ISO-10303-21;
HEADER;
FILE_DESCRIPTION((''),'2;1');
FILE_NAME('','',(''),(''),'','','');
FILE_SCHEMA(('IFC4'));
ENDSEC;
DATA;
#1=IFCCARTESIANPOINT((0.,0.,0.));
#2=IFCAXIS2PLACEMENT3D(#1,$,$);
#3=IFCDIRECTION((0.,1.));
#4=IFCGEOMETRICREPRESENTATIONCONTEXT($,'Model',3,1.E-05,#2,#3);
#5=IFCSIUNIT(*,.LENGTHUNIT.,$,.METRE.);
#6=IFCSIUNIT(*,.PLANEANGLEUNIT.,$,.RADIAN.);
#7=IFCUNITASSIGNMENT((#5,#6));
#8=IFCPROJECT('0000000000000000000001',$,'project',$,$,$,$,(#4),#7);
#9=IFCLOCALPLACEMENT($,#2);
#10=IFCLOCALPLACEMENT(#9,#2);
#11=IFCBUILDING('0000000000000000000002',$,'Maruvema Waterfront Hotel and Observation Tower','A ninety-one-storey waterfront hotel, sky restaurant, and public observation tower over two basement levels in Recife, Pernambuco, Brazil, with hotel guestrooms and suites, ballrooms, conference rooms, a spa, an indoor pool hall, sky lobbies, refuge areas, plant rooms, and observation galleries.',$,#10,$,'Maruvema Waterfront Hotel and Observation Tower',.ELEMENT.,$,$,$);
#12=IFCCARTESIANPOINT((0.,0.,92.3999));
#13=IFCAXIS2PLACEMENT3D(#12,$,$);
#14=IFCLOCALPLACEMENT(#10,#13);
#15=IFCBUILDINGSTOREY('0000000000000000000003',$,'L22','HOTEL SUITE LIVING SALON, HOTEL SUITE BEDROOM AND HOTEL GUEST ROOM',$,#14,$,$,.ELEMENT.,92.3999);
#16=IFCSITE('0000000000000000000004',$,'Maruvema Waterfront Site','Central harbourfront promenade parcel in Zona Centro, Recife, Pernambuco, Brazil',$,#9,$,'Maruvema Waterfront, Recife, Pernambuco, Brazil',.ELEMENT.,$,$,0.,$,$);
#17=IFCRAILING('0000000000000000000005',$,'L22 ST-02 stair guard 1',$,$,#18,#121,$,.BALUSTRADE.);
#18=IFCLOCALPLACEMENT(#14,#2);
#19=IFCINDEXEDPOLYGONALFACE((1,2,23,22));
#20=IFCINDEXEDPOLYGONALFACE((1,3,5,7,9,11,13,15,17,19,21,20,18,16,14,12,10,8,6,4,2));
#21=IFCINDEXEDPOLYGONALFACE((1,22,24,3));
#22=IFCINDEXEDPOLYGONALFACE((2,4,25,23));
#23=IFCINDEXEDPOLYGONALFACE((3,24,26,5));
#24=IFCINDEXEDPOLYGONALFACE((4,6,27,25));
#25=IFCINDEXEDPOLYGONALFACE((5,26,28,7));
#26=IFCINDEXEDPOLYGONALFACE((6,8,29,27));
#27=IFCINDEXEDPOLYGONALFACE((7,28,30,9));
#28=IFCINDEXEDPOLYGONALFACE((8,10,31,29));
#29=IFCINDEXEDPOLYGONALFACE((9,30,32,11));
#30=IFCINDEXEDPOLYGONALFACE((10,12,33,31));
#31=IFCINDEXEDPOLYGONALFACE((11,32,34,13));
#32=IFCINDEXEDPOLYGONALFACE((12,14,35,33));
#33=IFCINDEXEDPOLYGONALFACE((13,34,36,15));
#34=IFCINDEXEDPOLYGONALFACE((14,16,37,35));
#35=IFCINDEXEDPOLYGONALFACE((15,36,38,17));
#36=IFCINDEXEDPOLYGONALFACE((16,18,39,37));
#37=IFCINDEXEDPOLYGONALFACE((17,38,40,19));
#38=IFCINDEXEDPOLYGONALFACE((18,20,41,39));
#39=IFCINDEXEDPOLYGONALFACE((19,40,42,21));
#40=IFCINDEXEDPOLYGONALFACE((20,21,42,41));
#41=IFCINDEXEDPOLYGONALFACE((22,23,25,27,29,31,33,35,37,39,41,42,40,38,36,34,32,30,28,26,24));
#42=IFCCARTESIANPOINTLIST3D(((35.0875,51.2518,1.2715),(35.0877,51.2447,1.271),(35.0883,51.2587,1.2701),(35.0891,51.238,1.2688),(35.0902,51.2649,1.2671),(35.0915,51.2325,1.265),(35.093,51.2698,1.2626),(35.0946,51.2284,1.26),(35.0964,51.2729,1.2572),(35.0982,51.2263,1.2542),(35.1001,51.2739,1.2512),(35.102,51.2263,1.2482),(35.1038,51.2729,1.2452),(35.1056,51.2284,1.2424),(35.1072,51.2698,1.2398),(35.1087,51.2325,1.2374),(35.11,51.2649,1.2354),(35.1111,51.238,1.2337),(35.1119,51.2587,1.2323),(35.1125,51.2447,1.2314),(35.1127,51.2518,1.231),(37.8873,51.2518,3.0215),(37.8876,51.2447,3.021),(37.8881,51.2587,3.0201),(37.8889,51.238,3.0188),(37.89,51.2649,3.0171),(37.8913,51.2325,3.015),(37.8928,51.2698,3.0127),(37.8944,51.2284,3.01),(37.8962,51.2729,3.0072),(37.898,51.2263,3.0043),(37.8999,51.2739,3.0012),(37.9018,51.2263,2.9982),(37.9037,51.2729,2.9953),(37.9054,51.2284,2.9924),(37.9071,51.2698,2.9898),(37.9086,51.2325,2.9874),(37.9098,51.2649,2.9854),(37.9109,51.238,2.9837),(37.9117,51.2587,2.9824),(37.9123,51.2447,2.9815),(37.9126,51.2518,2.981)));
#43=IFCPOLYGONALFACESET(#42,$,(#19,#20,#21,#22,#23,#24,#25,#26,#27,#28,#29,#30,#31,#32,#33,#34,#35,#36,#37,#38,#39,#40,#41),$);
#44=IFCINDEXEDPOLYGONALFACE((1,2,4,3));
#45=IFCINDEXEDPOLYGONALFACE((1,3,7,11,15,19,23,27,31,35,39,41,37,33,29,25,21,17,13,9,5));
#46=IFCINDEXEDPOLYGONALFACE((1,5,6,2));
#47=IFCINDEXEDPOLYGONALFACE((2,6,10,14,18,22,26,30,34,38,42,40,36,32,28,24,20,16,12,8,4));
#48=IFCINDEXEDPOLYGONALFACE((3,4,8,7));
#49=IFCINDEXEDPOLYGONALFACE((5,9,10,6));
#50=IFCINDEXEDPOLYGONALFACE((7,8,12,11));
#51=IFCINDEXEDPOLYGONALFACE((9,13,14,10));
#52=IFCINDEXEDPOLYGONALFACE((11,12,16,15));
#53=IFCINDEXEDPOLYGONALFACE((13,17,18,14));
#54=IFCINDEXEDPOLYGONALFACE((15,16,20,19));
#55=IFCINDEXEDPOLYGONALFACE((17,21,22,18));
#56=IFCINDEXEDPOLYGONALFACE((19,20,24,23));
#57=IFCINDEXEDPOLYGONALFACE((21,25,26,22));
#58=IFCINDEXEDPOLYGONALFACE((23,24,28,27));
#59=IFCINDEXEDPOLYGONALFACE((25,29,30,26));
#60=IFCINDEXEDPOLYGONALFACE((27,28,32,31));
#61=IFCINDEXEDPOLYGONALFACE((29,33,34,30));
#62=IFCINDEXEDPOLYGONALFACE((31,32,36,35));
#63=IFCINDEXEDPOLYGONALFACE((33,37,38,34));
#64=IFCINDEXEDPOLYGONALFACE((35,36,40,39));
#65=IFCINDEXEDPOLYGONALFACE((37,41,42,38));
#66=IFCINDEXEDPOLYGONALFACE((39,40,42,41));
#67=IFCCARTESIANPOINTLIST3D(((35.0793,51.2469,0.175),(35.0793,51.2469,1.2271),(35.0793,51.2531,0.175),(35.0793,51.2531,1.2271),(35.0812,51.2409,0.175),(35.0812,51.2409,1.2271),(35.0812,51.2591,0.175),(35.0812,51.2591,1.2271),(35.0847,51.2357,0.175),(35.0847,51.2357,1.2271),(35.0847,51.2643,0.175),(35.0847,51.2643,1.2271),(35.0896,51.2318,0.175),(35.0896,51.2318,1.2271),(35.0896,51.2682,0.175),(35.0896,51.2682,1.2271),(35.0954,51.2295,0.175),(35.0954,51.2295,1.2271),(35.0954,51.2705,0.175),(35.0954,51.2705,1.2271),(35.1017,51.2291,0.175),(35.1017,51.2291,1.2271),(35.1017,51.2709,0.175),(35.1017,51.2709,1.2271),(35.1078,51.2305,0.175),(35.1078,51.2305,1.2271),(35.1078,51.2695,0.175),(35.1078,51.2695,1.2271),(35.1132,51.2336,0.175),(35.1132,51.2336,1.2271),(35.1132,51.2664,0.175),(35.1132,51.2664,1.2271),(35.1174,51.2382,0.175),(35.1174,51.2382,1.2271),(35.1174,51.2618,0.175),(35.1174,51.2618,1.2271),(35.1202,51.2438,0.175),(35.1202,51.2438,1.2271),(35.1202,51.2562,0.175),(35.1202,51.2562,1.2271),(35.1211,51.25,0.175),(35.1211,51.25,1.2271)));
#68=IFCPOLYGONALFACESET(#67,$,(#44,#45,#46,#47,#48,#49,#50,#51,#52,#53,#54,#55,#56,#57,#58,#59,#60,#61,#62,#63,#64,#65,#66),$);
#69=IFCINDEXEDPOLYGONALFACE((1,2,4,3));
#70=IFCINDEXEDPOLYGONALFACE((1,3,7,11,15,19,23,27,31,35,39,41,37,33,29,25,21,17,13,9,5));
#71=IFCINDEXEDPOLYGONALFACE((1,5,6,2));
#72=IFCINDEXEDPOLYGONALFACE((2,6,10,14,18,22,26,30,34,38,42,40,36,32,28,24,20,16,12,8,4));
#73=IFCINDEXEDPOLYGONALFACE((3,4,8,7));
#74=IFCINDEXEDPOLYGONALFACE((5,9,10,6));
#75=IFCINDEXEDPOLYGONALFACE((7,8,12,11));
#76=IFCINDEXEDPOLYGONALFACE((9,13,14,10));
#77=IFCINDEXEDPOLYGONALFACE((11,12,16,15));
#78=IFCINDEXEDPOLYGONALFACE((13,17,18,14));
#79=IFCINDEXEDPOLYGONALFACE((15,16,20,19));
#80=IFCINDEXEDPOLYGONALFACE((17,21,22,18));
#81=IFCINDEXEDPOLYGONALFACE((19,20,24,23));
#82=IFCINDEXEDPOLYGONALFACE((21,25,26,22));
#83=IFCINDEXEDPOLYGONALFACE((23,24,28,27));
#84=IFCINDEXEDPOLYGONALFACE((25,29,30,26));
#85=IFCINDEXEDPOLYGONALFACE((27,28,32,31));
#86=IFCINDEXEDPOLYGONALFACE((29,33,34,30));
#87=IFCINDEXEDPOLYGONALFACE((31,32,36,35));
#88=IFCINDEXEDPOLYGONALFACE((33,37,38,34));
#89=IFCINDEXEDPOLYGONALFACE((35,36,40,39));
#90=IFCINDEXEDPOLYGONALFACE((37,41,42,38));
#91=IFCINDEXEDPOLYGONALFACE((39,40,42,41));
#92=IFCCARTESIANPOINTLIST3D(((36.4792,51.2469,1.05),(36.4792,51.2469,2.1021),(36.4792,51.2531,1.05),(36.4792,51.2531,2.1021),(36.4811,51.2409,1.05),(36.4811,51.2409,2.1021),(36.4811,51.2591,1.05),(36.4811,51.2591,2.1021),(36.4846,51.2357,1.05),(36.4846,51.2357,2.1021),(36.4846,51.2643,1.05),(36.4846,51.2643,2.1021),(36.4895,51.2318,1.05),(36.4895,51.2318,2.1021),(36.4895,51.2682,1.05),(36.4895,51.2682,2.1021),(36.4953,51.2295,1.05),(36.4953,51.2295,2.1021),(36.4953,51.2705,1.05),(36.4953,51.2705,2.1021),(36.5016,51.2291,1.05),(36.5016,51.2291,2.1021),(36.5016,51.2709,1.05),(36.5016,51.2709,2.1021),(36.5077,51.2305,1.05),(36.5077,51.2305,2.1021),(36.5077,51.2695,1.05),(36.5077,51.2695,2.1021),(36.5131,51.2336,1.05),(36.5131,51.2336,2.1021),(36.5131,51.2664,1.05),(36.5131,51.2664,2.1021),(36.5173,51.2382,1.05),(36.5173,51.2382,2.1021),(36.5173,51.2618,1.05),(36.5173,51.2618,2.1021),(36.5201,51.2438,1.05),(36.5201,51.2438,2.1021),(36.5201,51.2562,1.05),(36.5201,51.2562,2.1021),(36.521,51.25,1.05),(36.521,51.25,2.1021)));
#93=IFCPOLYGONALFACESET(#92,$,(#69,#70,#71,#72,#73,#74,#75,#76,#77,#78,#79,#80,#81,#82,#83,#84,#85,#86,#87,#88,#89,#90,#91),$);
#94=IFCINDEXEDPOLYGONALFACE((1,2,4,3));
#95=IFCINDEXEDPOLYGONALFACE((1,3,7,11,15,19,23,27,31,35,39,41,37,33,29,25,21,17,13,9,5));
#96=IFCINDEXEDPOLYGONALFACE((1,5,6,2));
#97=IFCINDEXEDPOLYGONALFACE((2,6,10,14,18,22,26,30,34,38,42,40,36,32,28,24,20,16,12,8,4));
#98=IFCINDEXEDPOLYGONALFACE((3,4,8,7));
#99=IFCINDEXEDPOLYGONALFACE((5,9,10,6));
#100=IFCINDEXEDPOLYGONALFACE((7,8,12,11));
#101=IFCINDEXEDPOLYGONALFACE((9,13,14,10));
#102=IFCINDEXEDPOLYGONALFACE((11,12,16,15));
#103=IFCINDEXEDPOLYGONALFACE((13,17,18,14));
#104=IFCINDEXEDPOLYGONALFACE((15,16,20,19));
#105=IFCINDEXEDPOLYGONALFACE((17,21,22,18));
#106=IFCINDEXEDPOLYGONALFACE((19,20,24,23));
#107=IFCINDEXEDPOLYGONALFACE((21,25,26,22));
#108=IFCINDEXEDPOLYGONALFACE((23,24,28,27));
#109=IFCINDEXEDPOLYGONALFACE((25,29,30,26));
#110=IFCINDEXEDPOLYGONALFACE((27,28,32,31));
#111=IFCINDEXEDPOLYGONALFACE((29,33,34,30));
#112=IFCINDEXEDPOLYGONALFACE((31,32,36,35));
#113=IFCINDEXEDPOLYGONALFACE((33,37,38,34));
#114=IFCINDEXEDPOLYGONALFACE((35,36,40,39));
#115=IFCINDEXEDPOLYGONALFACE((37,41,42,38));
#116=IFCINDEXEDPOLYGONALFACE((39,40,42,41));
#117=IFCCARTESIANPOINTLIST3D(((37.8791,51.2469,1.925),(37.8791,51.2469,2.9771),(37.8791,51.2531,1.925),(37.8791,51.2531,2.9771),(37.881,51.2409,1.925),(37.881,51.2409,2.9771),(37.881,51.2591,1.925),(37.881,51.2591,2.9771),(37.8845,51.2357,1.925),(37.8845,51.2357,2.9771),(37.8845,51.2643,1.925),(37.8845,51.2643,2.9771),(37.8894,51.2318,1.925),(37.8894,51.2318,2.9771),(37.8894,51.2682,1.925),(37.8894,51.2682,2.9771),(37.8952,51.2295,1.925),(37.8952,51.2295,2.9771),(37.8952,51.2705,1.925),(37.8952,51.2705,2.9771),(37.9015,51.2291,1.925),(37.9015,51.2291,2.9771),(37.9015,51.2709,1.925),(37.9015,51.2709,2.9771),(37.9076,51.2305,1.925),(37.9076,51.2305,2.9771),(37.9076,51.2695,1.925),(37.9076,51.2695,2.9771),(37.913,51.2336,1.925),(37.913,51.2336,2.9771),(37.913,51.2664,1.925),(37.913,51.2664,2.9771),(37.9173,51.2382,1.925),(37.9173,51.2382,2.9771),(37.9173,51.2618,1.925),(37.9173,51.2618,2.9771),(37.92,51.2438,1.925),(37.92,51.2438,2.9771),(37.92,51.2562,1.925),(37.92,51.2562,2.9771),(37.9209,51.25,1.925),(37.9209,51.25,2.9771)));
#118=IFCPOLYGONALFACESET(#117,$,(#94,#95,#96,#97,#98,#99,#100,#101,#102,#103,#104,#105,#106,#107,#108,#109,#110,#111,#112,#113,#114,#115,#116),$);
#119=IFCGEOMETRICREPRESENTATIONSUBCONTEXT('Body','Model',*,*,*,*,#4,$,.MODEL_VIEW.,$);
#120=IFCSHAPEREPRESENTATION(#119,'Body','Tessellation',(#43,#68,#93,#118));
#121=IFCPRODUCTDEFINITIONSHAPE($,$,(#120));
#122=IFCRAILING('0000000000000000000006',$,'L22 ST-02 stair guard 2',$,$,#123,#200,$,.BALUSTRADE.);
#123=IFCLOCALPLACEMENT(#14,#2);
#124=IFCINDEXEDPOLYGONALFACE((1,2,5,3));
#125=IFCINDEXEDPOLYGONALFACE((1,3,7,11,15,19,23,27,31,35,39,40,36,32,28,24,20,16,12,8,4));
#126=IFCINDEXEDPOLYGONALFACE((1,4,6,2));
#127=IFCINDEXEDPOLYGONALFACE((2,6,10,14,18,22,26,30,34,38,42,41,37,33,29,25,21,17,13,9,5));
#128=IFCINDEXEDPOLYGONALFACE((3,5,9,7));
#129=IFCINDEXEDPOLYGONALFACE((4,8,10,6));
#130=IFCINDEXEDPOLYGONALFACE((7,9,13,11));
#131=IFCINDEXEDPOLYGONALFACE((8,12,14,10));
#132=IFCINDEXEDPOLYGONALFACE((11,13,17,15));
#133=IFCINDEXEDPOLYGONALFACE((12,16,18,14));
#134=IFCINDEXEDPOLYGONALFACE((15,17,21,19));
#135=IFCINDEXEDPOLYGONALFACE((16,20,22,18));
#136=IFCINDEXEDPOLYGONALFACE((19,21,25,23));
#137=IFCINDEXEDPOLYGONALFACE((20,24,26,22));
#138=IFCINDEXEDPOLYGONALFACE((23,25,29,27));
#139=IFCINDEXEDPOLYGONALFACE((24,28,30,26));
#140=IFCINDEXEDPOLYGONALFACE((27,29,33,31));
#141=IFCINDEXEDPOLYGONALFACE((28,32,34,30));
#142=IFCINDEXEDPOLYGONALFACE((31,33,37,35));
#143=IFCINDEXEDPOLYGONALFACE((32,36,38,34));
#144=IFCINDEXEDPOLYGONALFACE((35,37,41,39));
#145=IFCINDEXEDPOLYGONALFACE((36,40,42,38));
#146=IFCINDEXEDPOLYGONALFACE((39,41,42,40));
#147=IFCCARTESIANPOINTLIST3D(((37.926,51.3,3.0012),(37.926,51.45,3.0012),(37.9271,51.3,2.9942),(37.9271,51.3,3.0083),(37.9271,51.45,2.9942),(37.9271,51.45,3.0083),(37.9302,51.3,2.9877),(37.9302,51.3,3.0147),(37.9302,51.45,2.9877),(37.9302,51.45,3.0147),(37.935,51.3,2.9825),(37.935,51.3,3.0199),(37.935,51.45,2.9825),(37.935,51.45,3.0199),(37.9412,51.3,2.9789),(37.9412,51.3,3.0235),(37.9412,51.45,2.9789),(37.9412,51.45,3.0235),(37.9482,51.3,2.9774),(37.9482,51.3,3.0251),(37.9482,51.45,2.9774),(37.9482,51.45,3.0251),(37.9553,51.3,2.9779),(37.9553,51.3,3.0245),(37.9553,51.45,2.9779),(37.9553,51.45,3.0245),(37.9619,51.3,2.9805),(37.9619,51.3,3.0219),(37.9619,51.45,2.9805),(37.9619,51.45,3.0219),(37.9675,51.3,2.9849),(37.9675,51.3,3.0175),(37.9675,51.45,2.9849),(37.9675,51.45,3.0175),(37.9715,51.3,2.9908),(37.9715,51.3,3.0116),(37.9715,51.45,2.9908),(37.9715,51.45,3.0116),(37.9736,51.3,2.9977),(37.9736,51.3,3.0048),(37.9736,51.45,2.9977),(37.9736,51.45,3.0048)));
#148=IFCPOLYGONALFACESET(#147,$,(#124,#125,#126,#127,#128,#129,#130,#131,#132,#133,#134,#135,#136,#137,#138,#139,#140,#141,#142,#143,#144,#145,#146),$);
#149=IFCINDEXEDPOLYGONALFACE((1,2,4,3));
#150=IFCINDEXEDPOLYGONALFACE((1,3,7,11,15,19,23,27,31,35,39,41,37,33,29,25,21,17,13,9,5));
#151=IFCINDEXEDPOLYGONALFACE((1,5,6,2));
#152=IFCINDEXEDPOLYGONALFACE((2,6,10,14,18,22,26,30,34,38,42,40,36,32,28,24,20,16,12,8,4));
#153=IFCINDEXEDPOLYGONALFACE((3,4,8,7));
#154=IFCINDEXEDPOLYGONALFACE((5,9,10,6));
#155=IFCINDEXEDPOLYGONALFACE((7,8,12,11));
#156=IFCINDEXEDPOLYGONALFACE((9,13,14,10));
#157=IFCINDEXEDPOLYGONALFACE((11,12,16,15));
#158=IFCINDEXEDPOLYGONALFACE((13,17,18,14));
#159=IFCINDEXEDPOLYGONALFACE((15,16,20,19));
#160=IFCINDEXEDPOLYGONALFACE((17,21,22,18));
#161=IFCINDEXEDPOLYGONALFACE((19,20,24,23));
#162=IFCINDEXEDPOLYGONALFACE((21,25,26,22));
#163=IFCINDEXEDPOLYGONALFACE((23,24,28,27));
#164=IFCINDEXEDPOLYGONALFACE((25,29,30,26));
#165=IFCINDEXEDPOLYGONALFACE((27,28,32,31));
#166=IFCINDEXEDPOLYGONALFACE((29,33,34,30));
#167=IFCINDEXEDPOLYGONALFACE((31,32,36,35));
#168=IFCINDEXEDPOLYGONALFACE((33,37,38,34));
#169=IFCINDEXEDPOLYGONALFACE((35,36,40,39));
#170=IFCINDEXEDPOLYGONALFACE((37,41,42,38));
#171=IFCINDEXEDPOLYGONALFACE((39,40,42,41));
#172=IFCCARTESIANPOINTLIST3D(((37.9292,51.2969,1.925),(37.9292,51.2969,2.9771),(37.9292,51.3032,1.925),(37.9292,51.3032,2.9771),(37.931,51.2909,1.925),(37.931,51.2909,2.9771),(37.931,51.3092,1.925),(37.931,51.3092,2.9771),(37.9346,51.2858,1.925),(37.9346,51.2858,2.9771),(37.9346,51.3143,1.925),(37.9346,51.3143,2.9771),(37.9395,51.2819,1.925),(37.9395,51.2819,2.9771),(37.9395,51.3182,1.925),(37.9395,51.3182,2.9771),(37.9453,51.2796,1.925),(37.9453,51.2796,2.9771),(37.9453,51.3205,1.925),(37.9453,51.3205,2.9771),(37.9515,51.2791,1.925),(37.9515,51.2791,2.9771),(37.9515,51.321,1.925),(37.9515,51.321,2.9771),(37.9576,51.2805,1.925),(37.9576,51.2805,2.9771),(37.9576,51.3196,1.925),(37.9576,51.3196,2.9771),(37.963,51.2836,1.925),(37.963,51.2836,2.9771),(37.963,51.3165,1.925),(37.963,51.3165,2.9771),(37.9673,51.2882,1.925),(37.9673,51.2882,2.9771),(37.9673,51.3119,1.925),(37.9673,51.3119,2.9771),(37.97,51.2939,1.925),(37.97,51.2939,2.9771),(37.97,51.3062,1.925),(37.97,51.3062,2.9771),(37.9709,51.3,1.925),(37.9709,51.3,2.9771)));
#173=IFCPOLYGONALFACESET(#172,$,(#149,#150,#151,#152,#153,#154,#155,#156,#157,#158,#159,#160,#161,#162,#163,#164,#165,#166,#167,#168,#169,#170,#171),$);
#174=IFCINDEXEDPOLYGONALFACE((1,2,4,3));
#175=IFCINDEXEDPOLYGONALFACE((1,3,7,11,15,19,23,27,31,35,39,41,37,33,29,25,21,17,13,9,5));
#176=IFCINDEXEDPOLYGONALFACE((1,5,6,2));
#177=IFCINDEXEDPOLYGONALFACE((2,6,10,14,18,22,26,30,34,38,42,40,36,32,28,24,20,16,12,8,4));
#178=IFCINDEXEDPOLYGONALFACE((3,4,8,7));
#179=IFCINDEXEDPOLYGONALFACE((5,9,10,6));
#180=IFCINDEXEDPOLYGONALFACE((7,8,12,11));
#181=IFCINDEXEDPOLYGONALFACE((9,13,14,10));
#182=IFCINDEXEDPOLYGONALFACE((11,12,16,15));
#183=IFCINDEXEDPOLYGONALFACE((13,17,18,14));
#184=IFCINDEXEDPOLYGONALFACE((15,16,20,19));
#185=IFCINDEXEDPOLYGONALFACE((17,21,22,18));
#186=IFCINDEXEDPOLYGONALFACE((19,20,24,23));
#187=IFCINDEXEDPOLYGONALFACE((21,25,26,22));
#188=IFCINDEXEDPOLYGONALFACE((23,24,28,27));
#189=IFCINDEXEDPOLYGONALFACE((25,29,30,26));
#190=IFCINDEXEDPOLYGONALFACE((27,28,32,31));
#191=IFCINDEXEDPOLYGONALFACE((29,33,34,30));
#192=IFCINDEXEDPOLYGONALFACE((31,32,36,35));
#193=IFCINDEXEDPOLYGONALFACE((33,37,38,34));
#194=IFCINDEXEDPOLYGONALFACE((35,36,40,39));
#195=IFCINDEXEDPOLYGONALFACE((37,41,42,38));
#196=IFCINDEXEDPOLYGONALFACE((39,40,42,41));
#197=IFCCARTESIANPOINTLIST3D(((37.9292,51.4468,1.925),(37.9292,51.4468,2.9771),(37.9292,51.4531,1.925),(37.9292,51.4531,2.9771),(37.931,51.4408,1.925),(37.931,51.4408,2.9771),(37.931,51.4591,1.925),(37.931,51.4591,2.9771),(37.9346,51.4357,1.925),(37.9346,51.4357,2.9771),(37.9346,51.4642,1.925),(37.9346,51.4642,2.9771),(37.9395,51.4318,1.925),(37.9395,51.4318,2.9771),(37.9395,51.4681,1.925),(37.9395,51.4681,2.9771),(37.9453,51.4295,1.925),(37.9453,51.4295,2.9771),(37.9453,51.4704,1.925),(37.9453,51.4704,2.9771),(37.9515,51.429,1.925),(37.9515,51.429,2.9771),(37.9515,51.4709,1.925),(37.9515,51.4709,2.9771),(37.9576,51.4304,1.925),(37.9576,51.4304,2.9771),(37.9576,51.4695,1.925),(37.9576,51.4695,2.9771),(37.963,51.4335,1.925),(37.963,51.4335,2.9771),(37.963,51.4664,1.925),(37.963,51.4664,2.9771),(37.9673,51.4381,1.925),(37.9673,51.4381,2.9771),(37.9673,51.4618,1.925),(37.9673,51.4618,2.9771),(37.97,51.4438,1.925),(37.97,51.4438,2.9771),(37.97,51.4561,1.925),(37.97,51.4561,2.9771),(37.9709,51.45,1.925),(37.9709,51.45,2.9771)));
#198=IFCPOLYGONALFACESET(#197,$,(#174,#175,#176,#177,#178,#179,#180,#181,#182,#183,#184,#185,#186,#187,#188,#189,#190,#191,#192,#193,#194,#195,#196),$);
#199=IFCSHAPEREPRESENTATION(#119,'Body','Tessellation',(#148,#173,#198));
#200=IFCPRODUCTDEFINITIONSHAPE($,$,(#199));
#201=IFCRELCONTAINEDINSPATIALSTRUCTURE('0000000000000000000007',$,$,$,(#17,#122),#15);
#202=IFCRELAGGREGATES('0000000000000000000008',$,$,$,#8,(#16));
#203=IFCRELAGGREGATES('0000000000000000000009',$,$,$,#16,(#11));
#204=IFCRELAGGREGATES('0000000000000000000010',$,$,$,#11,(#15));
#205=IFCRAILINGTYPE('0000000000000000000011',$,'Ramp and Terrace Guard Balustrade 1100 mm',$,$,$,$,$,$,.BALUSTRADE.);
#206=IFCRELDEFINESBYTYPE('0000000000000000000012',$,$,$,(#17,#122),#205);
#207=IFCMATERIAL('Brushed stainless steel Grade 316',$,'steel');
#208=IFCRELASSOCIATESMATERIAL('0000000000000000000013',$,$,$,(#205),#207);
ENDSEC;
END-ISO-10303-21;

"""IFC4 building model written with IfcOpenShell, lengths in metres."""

from ifc_helpers import new_model, si_unit, direction, frame, origin, origin_2d, place, context, subcontext, project, spatial, circle, extrude, material, type_object, element, save


model = new_model("IFC4")

# Units and contexts
model_context = context("Model", 3, precision=1e-05, world=origin(), true_north=direction((0.0, 1.0)))
body_context = subcontext(model_context, "Body", "Model", "MODEL_VIEW")
ifc_project = project(units=[si_unit("LENGTHUNIT", "METRE"), si_unit("PLANEANGLEUNIT", "RADIAN")], contexts=[model_context])

# Site, building, storey
site_placement = place(None, origin())
site = spatial("IfcSite", under=ifc_project, at=site_placement, Name="Maruvema Waterfront Site", Description="Central harbourfront promenade parcel in Zona Centro, Recife, Pernambuco, Brazil", LongName="Maruvema Waterfront, Recife, Pernambuco, Brazil", CompositionType="ELEMENT", RefElevation=0.0)
building_placement = place(site_placement, origin())
building = spatial("IfcBuilding", under=site, at=building_placement, Name="Maruvema Waterfront Hotel and Observation Tower", Description="A ninety-one-storey waterfront hotel, sky restaurant, and public observation tower over two basement levels in Recife, Pernambuco, Brazil, with hotel guestrooms and suites, ballrooms, conference rooms, a spa, an indoor pool hall, sky lobbies, refuge areas, plant rooms, and observation galleries.", LongName="Maruvema Waterfront Hotel and Observation Tower", CompositionType="ELEMENT")
storey_placement = place(building_placement, frame((0.0, 0.0, 92.3999)))
storey = spatial("IfcBuildingStorey", under=building, at=storey_placement, Name="L22", Description="HOTEL SUITE LIVING SALON, HOTEL SUITE BEDROOM AND HOTEL GUEST ROOM", CompositionType="ELEMENT", Elevation=92.3999)

# Railings
ifc_material_1 = material(Name="Brushed stainless steel Grade 316", Category="steel")
railing_type_1 = type_object("IfcRailingType", Name="Ramp and Terrace Guard Balustrade 1100 mm", PredefinedType="BALUSTRADE", material=ifc_material_1)
railing_1_placement = place(storey_placement, frame((35.1001, 51.25, 0.175)))
element("IfcRailing", 1, at=railing_1_placement, inside=storey, type_object=railing_type_1, Name="L22 ST-02 stair guard 1", PredefinedType="BALUSTRADE", context=body_context, shape_type="SweptSolid", body=[
    extrude(circle(Radius=0.0239, at=origin_2d()), frame((0.0, 0.0, 1.0762), z_axis=(0.847982, 0.0, 0.530026), x_axis=(0.0, 1.0, 0.0)), (0.0, 0.0, 1.0), 3.3018),
    extrude(circle(Radius=0.021, at=origin_2d()), origin(), (0.0, 0.0, 1.0), 1.052),
    extrude(circle(Radius=0.021, at=origin_2d()), frame((1.3999, 0.0, 0.875)), (0.0, 0.0, 1.0), 1.052),
    extrude(circle(Radius=0.021, at=origin_2d()), frame((2.7998, 0.0, 1.75)), (0.0, 0.0, 1.0), 1.052),
])
railing_2_placement = place(storey_placement, frame((37.95, 51.3, 1.925)))
element("IfcRailing", 2, at=railing_2_placement, inside=storey, type_object=railing_type_1, Name="L22 ST-02 stair guard 2", PredefinedType="BALUSTRADE", context=body_context, shape_type="SweptSolid", body=[
    extrude(circle(Radius=0.0239, at=origin_2d()), frame((0.0, 0.0, 1.0762), z_axis=(0.0, 1.0, 0.0), x_axis=(-1.0, 0.0, 0.0)), (0.0, 0.0, 1.0), 0.1499),
    extrude(circle(Radius=0.021, at=origin_2d()), origin(), (0.0, 0.0, 1.0), 1.052),
    extrude(circle(Radius=0.021, at=origin_2d()), frame((0.0, 0.1499, 0.0)), (0.0, 0.0, 1.0), 1.052),
])

save(model, "model.ifc")
